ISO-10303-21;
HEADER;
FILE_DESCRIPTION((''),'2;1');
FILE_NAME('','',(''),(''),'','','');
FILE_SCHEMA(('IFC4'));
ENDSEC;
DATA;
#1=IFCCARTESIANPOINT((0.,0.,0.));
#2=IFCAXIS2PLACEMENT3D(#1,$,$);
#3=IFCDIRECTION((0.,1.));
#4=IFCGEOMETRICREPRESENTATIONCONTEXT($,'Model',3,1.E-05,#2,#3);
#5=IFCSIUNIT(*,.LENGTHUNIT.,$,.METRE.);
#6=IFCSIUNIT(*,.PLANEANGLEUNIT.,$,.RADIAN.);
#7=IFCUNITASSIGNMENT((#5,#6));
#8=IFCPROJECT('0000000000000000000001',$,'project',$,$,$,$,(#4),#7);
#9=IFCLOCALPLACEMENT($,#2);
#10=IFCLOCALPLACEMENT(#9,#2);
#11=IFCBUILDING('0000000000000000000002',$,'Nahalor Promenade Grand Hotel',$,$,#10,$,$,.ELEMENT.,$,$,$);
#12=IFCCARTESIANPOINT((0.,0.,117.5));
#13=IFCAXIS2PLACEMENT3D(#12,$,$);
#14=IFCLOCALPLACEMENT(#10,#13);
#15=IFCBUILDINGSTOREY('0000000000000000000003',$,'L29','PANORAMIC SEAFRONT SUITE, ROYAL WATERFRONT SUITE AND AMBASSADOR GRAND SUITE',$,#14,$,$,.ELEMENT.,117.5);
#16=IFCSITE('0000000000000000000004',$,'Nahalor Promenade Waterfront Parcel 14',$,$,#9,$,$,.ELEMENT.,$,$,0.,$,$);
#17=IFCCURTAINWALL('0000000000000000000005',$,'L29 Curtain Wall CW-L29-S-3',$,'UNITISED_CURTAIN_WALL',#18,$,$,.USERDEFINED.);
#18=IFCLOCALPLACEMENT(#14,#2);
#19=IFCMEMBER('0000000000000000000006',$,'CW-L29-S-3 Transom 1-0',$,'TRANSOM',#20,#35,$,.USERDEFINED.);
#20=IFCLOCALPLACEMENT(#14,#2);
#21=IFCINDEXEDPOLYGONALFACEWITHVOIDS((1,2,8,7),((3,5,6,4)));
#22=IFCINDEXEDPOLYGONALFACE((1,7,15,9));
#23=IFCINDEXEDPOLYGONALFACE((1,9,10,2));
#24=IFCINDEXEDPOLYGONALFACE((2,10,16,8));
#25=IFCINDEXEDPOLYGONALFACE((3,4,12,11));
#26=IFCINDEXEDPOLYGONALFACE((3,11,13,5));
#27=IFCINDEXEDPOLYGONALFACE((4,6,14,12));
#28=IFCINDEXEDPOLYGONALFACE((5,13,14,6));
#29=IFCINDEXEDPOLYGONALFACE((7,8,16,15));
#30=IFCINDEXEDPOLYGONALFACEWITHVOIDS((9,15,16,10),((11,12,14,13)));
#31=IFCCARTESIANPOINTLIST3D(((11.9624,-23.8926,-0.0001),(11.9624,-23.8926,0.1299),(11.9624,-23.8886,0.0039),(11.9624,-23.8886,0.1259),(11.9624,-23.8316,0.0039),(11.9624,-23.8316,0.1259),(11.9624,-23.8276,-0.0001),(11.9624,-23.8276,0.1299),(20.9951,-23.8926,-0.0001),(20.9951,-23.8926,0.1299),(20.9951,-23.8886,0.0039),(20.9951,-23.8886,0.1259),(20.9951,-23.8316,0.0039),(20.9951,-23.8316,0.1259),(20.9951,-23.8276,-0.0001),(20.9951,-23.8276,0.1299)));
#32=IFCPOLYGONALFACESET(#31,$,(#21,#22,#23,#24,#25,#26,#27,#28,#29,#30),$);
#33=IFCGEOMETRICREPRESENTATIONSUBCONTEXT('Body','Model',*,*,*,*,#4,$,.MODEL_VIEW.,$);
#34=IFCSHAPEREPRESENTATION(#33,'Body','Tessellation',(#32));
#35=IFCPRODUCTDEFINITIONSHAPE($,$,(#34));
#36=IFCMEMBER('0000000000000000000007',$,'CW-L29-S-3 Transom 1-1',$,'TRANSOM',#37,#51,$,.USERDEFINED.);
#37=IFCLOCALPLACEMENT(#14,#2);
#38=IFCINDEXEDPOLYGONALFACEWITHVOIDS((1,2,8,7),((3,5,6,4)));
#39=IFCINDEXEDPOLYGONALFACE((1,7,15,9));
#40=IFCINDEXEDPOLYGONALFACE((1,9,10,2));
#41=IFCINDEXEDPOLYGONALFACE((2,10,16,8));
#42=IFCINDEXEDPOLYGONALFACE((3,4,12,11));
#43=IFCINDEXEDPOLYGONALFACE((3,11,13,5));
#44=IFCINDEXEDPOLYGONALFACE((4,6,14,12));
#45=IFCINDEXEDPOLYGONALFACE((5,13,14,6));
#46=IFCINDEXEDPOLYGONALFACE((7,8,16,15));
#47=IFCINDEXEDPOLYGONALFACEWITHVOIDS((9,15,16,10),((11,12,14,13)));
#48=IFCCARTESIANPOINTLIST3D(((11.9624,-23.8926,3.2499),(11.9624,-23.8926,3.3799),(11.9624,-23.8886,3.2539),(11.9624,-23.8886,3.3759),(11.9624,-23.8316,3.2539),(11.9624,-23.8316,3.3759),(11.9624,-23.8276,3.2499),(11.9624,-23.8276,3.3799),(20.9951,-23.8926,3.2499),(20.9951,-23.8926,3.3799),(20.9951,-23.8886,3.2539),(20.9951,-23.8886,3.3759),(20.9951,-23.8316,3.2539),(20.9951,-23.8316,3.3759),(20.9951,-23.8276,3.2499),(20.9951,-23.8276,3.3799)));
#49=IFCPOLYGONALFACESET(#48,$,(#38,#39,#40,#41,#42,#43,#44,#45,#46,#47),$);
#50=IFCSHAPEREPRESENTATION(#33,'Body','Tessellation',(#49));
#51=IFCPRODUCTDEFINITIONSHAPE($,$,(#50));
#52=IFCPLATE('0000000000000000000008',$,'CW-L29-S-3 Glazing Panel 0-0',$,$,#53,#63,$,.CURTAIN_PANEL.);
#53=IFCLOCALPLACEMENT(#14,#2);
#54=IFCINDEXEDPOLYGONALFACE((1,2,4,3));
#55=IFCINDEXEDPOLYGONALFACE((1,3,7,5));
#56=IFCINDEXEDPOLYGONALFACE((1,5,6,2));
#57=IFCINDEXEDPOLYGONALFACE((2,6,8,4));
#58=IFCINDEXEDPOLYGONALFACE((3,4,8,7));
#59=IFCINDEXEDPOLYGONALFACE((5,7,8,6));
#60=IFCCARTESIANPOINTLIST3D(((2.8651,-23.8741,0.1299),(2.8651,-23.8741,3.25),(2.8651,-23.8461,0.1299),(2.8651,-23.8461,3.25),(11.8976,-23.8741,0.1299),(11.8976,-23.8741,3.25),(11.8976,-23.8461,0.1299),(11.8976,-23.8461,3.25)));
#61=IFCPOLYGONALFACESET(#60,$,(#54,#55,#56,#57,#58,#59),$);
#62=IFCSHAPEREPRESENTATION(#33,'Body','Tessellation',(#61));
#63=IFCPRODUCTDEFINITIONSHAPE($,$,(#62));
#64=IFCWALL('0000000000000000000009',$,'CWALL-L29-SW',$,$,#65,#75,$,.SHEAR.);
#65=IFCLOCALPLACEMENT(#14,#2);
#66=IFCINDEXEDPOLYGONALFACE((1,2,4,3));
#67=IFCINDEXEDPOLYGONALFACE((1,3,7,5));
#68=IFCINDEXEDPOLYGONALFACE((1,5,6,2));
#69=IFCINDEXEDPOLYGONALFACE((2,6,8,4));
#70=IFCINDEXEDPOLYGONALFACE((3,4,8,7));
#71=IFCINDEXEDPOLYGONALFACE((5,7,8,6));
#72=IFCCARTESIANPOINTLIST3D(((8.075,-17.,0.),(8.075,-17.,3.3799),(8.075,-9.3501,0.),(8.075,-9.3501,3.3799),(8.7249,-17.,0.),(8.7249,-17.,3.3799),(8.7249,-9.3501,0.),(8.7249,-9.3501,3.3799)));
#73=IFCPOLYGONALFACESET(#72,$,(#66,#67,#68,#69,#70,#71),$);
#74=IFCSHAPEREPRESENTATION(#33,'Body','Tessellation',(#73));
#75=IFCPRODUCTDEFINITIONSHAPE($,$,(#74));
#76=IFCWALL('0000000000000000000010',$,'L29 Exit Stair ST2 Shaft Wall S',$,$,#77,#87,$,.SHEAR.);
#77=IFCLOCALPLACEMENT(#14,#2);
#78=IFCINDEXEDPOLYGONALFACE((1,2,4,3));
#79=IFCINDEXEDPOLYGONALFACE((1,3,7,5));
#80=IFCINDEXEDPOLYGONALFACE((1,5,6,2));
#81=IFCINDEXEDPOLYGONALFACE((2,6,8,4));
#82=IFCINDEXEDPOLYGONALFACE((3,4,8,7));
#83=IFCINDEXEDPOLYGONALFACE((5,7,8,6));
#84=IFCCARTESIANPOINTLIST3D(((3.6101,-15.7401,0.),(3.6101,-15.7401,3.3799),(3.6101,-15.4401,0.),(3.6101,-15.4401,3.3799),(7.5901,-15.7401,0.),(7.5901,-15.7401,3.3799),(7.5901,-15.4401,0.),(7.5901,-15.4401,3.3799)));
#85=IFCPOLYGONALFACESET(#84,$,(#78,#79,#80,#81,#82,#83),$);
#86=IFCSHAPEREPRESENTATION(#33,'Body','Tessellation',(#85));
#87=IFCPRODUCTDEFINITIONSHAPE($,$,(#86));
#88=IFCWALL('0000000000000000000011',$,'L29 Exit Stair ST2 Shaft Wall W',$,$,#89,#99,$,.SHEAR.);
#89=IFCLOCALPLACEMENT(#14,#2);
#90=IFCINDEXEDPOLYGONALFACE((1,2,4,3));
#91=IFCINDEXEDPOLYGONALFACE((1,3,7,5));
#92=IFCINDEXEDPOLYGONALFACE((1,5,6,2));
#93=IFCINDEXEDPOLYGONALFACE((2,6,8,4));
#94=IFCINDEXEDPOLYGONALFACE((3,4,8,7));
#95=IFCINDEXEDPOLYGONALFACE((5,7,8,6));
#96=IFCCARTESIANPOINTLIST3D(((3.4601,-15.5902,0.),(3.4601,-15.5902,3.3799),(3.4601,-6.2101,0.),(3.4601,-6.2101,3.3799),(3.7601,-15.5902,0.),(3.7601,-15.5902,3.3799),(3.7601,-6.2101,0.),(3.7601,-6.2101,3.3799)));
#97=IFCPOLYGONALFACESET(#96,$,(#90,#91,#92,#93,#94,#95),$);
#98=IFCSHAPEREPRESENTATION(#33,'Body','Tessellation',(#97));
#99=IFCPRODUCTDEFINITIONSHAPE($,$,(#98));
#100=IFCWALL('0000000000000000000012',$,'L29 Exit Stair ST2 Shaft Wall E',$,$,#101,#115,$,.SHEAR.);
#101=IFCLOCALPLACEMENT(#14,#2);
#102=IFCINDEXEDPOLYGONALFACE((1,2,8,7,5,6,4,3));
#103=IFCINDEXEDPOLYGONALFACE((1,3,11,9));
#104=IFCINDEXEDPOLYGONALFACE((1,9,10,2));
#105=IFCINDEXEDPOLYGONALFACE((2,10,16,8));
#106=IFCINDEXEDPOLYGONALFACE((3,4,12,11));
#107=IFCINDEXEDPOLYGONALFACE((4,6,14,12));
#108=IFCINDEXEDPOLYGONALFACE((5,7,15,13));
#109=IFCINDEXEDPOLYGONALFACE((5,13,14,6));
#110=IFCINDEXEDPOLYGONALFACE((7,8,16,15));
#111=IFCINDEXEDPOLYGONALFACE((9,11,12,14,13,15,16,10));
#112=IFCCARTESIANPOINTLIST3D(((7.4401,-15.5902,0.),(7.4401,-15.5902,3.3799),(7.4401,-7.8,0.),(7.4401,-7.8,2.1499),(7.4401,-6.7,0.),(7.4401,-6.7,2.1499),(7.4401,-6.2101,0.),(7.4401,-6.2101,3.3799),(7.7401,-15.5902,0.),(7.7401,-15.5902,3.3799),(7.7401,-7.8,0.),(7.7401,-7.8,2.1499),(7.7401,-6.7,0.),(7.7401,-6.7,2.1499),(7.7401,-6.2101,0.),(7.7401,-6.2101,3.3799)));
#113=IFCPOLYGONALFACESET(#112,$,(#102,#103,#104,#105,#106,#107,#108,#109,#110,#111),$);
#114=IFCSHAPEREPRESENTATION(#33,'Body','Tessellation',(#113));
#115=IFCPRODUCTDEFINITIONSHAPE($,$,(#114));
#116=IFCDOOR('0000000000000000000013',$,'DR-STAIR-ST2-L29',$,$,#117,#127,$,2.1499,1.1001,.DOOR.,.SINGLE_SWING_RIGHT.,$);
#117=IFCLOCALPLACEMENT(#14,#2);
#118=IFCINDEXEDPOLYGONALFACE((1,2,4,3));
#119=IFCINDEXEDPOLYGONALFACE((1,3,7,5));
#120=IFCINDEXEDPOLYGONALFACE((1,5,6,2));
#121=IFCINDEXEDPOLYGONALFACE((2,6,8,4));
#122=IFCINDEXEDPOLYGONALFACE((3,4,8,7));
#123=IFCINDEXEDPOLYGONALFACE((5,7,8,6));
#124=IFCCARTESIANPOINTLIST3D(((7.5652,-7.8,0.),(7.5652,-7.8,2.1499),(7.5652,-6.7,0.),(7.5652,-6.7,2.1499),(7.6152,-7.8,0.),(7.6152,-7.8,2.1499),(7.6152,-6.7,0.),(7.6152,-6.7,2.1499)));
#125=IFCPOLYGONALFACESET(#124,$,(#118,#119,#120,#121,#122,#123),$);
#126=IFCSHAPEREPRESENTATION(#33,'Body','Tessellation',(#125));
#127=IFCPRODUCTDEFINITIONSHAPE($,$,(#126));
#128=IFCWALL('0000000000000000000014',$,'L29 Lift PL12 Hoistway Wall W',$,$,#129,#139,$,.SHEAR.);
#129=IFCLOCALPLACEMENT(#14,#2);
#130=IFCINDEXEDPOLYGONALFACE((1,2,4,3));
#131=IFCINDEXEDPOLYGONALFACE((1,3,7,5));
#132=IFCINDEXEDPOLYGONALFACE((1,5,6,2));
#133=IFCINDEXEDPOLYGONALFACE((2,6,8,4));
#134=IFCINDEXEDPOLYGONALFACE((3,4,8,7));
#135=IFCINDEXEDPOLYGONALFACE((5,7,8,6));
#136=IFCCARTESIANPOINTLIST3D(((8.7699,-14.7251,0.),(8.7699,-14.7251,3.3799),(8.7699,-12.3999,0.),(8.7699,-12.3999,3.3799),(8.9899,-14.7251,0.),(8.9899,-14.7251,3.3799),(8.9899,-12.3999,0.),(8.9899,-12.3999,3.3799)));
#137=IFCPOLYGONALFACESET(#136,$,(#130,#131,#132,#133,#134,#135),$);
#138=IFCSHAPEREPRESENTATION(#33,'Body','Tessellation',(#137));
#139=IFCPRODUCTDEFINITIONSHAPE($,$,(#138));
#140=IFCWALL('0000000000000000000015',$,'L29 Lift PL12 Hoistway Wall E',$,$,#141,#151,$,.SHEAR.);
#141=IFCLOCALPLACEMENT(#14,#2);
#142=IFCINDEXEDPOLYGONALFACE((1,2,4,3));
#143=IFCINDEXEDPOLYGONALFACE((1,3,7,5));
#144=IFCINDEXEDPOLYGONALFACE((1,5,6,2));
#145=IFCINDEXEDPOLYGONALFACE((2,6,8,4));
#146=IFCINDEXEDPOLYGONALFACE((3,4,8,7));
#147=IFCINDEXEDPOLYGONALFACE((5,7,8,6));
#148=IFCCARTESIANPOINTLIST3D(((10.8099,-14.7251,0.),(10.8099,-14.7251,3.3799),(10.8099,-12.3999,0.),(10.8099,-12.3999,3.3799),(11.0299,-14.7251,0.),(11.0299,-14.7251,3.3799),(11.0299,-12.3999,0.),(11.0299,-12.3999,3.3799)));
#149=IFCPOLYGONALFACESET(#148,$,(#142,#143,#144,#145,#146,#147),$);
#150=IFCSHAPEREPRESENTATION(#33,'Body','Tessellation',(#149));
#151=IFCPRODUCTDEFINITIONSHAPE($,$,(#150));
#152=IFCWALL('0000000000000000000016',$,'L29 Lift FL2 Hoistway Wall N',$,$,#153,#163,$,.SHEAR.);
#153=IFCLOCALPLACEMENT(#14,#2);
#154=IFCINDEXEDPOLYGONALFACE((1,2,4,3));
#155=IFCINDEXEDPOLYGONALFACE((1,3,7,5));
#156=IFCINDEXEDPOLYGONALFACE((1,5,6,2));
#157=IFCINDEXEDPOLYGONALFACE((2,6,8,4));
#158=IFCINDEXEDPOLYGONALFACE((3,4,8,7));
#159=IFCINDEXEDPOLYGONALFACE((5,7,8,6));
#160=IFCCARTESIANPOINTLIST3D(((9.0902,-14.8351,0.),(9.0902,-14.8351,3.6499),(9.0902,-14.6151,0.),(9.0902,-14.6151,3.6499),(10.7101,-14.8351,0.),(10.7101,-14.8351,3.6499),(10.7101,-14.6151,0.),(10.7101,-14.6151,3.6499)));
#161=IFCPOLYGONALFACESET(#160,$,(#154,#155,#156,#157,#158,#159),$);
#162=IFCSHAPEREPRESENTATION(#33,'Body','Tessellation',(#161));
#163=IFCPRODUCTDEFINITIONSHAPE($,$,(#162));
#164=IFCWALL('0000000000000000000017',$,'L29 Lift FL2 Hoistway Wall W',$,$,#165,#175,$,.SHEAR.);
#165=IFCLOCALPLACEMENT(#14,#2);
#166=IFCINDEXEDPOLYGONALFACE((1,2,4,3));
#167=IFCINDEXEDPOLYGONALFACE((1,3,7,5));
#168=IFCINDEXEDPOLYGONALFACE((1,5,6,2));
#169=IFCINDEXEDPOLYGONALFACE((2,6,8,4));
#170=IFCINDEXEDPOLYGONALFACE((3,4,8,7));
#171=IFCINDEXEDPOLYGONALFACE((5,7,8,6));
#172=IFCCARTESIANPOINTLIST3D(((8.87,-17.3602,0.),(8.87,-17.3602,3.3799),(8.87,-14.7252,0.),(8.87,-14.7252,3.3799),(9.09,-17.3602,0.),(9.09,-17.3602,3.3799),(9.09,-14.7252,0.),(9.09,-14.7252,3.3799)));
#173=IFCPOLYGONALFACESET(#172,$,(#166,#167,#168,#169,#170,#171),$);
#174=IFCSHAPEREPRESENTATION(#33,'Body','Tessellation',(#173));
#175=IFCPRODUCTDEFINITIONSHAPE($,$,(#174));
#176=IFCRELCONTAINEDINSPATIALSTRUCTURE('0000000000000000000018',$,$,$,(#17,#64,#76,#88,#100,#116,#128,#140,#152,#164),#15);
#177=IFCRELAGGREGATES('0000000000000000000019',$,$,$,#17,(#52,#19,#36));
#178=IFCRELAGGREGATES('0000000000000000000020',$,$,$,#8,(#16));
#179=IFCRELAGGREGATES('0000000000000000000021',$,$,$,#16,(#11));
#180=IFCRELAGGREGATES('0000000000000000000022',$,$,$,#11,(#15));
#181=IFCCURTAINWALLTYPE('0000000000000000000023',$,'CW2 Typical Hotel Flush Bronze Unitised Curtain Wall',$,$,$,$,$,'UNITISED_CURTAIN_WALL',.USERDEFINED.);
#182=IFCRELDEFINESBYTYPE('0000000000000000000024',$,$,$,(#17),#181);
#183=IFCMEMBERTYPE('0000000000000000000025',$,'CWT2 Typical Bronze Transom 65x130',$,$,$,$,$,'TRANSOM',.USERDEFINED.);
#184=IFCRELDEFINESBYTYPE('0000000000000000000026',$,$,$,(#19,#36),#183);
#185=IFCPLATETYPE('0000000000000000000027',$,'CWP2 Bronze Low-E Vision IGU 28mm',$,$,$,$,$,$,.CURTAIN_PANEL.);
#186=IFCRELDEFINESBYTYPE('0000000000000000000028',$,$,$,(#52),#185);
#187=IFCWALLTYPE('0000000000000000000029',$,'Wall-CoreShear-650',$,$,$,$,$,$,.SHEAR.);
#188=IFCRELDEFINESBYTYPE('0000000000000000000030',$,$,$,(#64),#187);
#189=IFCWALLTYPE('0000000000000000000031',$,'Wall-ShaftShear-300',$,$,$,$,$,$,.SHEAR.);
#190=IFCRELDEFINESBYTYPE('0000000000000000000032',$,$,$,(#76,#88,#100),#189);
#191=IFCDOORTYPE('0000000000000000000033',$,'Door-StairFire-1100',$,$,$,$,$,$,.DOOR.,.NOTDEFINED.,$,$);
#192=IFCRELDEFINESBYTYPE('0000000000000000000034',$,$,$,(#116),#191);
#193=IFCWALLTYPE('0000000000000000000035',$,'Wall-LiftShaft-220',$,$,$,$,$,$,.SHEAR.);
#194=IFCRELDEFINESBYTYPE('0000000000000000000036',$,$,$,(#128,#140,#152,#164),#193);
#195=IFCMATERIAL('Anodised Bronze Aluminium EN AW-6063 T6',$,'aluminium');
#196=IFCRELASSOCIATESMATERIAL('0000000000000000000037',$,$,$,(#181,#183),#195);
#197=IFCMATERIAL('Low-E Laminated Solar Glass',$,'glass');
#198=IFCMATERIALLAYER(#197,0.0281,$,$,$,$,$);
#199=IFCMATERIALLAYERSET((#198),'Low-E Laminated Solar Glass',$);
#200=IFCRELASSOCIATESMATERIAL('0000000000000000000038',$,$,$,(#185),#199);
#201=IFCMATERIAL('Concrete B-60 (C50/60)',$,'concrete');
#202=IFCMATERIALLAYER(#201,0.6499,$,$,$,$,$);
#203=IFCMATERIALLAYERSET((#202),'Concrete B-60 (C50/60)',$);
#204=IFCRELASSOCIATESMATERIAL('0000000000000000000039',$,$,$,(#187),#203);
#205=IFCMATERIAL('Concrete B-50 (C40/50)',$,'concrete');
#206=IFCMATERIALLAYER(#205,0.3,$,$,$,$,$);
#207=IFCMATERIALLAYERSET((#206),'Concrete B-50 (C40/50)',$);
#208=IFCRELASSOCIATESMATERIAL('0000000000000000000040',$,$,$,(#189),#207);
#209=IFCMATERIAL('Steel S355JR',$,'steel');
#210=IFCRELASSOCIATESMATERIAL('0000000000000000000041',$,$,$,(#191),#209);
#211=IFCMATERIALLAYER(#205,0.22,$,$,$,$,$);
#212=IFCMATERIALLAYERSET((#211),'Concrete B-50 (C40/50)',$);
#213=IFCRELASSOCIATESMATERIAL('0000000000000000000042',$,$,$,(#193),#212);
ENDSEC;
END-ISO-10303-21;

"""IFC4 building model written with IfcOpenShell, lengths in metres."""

from ifc_helpers import new_model, si_unit, direction, frame, frame_2d, origin, origin_2d, place, context, subcontext, project, spatial, rectangle, hollow_rectangle, extrude, source, transform, mapped, material, layer, layer_set, material_profile, profile_set, type_object, element, fill, aggregate, save


model = new_model("IFC4")

# Units and contexts
model_context = context("Model", 3, precision=1e-05, world=origin(), true_north=direction((0.0, 1.0)))
body_context = subcontext(model_context, "Body", "Model", "MODEL_VIEW")
ifc_project = project(units=[si_unit("LENGTHUNIT", "METRE"), si_unit("PLANEANGLEUNIT", "RADIAN")], contexts=[model_context])

# Site, building, storey
site_placement = place(None, origin())
site = spatial("IfcSite", under=ifc_project, at=site_placement, Name="Nahalor Promenade Waterfront Parcel 14", CompositionType="ELEMENT", RefElevation=0.0)
building_placement = place(site_placement, origin())
building = spatial("IfcBuilding", under=site, at=building_placement, Name="Nahalor Promenade Grand Hotel", CompositionType="ELEMENT")
storey_placement = place(building_placement, frame((0.0, 0.0, 117.5)))
storey = spatial("IfcBuildingStorey", under=building, at=storey_placement, Name="L29", Description="PANORAMIC SEAFRONT SUITE, ROYAL WATERFRONT SUITE AND AMBASSADOR GRAND SUITE", CompositionType="ELEMENT", Elevation=117.5)

# Shared definitions
ifc_material_1 = material(Name="Concrete B-60 (C50/60)", Category="concrete")

# Shared definitions
ifc_material_2 = material(Name="Steel S355JR", Category="steel")

# Curtain wall, members, plate
ifc_material_3 = material(Name="Anodised Bronze Aluminium EN AW-6063 T6", Category="aluminium")
curtain_wall_type = type_object("IfcCurtainWallType", Name="CW2 Typical Hotel Flush Bronze Unitised Curtain Wall", ElementType="UNITISED_CURTAIN_WALL", PredefinedType="USERDEFINED", material=ifc_material_3)
curtain_wall_placement = place(storey_placement, origin())
curtain_wall = element("IfcCurtainWall", 1, at=curtain_wall_placement, inside=storey, type_object=curtain_wall_type, Name="L29 Curtain Wall CW-L29-S-3", ObjectType="UNITISED_CURTAIN_WALL", PredefinedType="USERDEFINED")
ifc_material_profile_1 = material_profile(ifc_material_3, hollow_rectangle(XDim=0.065, YDim=0.13, WallThickness=0.004, at=origin_2d()), Name="CWT 65x130x4")
ifc_profile_set_1 = profile_set([ifc_material_profile_1], Name="Anodised Bronze Aluminium EN AW-6063 T6")
member_type_1 = type_object("IfcMemberType", Name="CWT2 Typical Bronze Transom 65x130", ElementType="TRANSOM", PredefinedType="USERDEFINED", material=ifc_profile_set_1)
shared_shape_1 = source(origin(), body_context, "Body", "SweptSolid", [
    extrude(hollow_rectangle(XDim=0.065, YDim=0.13, WallThickness=0.004, at=origin_2d()), origin(), (0.0, 0.0, 1.0), 9.0327),
])
member_1_placement = place(storey_placement, frame((11.9624, -23.8601, 0.0649), z_axis=(1.0, 0.0, 0.0), x_axis=(0.0, 1.0, 0.0)))
member_1 = element("IfcMember", 2, at=member_1_placement, type_object=member_type_1, Name="CW-L29-S-3 Transom 1-0", ObjectType="TRANSOM", PredefinedType="USERDEFINED", context=body_context, shape_type="MappedRepresentation", body=[
    mapped(shared_shape_1, transform((0.0, 0.0, 0.0), scale=1.0)),
])
member_2_placement = place(storey_placement, frame((11.9624, -23.8601, 3.3149), z_axis=(1.0, 0.0, 0.0), x_axis=(0.0, 1.0, 0.0)))
member_2 = element("IfcMember", 3, at=member_2_placement, type_object=member_type_1, Name="CW-L29-S-3 Transom 1-1", ObjectType="TRANSOM", PredefinedType="USERDEFINED", context=body_context, shape_type="MappedRepresentation", body=[
    mapped(shared_shape_1, transform((0.0, 0.0, 0.0), scale=1.0)),
])
ifc_material_4 = material(Name="Low-E Laminated Solar Glass", Category="glass")
ifc_layer_1 = layer(ifc_material_4, 0.0281)
ifc_layer_set_1 = layer_set([ifc_layer_1], Name="Low-E Laminated Solar Glass")
plate_type = type_object("IfcPlateType", Name="CWP2 Bronze Low-E Vision IGU 28mm", PredefinedType="CURTAIN_PANEL", material=ifc_layer_set_1)
shared_shape_2 = source(origin(), body_context, "Body", "SweptSolid", [
    extrude(rectangle(XDim=9.0325, YDim=0.0281, at=origin_2d()), origin(), (0.0, 0.0, 1.0), 3.1201),
])
plate_placement = place(storey_placement, frame((7.3813, -23.8601, 0.1299), z_axis=(0.0, 0.0, 1.0), x_axis=(1.0, 0.0, 0.0)))
plate = element("IfcPlate", 4, at=plate_placement, type_object=plate_type, Name="CW-L29-S-3 Glazing Panel 0-0", PredefinedType="CURTAIN_PANEL", context=body_context, shape_type="MappedRepresentation", body=[
    mapped(shared_shape_2, transform((0.0, 0.0, 0.0), scale=1.0)),
])
aggregate(curtain_wall, [plate, member_1, member_2])

# Walls
ifc_layer_2 = layer(ifc_material_1, 0.6499)
ifc_layer_set_2 = layer_set([ifc_layer_2], Name="Concrete B-60 (C50/60)")
wall_type_1 = type_object("IfcWallType", Name="Wall-CoreShear-650", PredefinedType="SHEAR", material=ifc_layer_set_2)
shared_shape_3 = source(origin(), body_context, "Body", "SweptSolid", [
    extrude(rectangle(XDim=7.6499, YDim=0.6499, at=frame_2d((3.825, 0.0))), origin(), (0.0, 0.0, 1.0), 3.3799),
])
wall_1_placement = place(storey_placement, frame((8.3999, -17.0, 0.0), z_axis=(0.0, 0.0, 1.0), x_axis=(0.0, 1.0, 0.0)))
element("IfcWall", 5, at=wall_1_placement, inside=storey, type_object=wall_type_1, Name="CWALL-L29-SW", PredefinedType="SHEAR", context=body_context, shape_type="MappedRepresentation", body=[
    mapped(shared_shape_3, transform((0.0, 0.0, 0.0), scale=1.0)),
])
ifc_material_5 = material(Name="Concrete B-50 (C40/50)", Category="concrete")
ifc_layer_3 = layer(ifc_material_5, 0.3)
ifc_layer_set_3 = layer_set([ifc_layer_3], Name="Concrete B-50 (C40/50)")
wall_type_2 = type_object("IfcWallType", Name="Wall-ShaftShear-300", PredefinedType="SHEAR", material=ifc_layer_set_3)
shared_shape_4 = source(origin(), body_context, "Body", "SweptSolid", [
    extrude(rectangle(XDim=3.98, YDim=0.3, at=frame_2d((1.99, 0.0))), origin(), (0.0, 0.0, 1.0), 3.3799),
])
wall_2_placement = place(storey_placement, frame((3.6101, -15.5901, 0.0), z_axis=(0.0, 0.0, 1.0), x_axis=(1.0, 0.0, 0.0)))
element("IfcWall", 6, at=wall_2_placement, inside=storey, type_object=wall_type_2, Name="L29 Exit Stair ST2 Shaft Wall S", PredefinedType="SHEAR", context=body_context, shape_type="MappedRepresentation", body=[
    mapped(shared_shape_4, transform((0.0, 0.0, 0.0), scale=1.0)),
])
shared_shape_5 = source(origin(), body_context, "Body", "SweptSolid", [
    extrude(rectangle(XDim=9.3801, YDim=0.3, at=frame_2d((4.6899, 0.0))), origin(), (0.0, 0.0, 1.0), 3.3799),
])
wall_3_placement = place(storey_placement, frame((3.6101, -15.5901, 0.0), z_axis=(0.0, 0.0, 1.0), x_axis=(0.0, 1.0, 0.0)))
element("IfcWall", 7, at=wall_3_placement, inside=storey, type_object=wall_type_2, Name="L29 Exit Stair ST2 Shaft Wall W", PredefinedType="SHEAR", context=body_context, shape_type="MappedRepresentation", body=[
    mapped(shared_shape_5, transform((0.0, 0.0, 0.0), scale=1.0)),
])

# Wall, opening, door
wall_4_placement = place(storey_placement, frame((7.5901, -15.5901, 0.0), z_axis=(0.0, 0.0, 1.0), x_axis=(0.0, 1.0, 0.0)))
wall_4 = element("IfcWall", 8, at=wall_4_placement, inside=storey, type_object=wall_type_2, Name="L29 Exit Stair ST2 Shaft Wall E", PredefinedType="SHEAR", context=body_context, shape_type="MappedRepresentation", body=[
    mapped(shared_shape_5, transform((0.0, 0.0, 0.0), scale=1.0)),
])
opening_1_placement = place(wall_4_placement, frame((7.79, 0.0, 0.0)))
opening_1 = element("IfcOpeningElement", 9, at=opening_1_placement, cuts=wall_4, PredefinedType="OPENING", context=body_context, shape_type="SweptSolid", body=[
    extrude(rectangle(XDim=1.1001, YDim=2.1499, at=frame_2d((0.55, 1.075))), frame((0.0, 0.1599, 0.0), z_axis=(0.0, -1.0, 0.0), x_axis=(1.0, 0.0, 0.0)), (0.0, 0.0, 1.0), 0.3201),
])
door_type_1 = type_object("IfcDoorType", Name="Door-StairFire-1100", OperationType="NOTDEFINED", PredefinedType="DOOR", material=ifc_material_2)
shared_shape_6 = source(origin(), body_context, "Body", "SweptSolid", [
    extrude(rectangle(XDim=1.1001, YDim=2.1499, at=frame_2d((0.55, 1.075))), frame((0.0, 0.0249, 0.0), z_axis=(0.0, -1.0, 0.0), x_axis=(1.0, 0.0, 0.0)), (0.0, 0.0, 1.0), 0.05),
])
door_1_placement = place(opening_1_placement, origin())
door_1 = element("IfcDoor", 10, at=door_1_placement, inside=storey, type_object=door_type_1, Name="DR-STAIR-ST2-L29", OperationType="SINGLE_SWING_RIGHT", OverallHeight=2.1499, OverallWidth=1.1001, PredefinedType="DOOR", context=body_context, shape_type="MappedRepresentation", body=[
    mapped(shared_shape_6, transform((0.0, 0.0, 0.0), scale=1.0)),
])
fill(opening_1, door_1)

# Walls
ifc_layer_4 = layer(ifc_material_5, 0.22)
ifc_layer_set_4 = layer_set([ifc_layer_4], Name="Concrete B-50 (C40/50)")
wall_type_3 = type_object("IfcWallType", Name="Wall-LiftShaft-220", PredefinedType="SHEAR", material=ifc_layer_set_4)
shared_shape_7 = source(origin(), body_context, "Body", "SweptSolid", [
    extrude(rectangle(XDim=2.3252, YDim=0.22, at=frame_2d((1.1626, 0.0))), origin(), (0.0, 0.0, 1.0), 3.3799),
])
for number, where, z_axis, x_axis, name in (
    (11, (8.8799, -14.7251, 0.0), (0.0, 0.0, 1.0), (0.0, 1.0, 0.0), "L29 Lift PL12 Hoistway Wall W"),
    (12, (10.9199, -14.7251, 0.0), (0.0, 0.0, 1.0), (0.0, 1.0, 0.0), "L29 Lift PL12 Hoistway Wall E"),
):
    element("IfcWall", number, at=place(storey_placement, frame(where, z_axis=z_axis, x_axis=x_axis)), inside=storey, type_object=wall_type_3, Name=name, PredefinedType="SHEAR", context=body_context, shape_type="MappedRepresentation", body=[
        mapped(shared_shape_7, transform((0.0, 0.0, 0.0), scale=1.0)),
    ])
shared_shape_8 = source(origin(), body_context, "Body", "SweptSolid", [
    extrude(rectangle(XDim=1.6199, YDim=0.22, at=frame_2d((0.8101, 0.0))), origin(), (0.0, 0.0, 1.0), 3.6499),
])
wall_5_placement = place(storey_placement, frame((9.0901, -14.7251, 0.0), z_axis=(0.0, 0.0, 1.0), x_axis=(1.0, 0.0, 0.0)))
element("IfcWall", 13, at=wall_5_placement, inside=storey, type_object=wall_type_3, Name="L29 Lift FL2 Hoistway Wall N", PredefinedType="SHEAR", context=body_context, shape_type="MappedRepresentation", body=[
    mapped(shared_shape_8, transform((0.0, 0.0, 0.0), scale=1.0)),
])
shared_shape_9 = source(origin(), body_context, "Body", "SweptSolid", [
    extrude(rectangle(XDim=2.635, YDim=0.22, at=frame_2d((1.3174, 0.0))), origin(), (0.0, 0.0, 1.0), 3.3799),
])
wall_6_placement = place(storey_placement, frame((8.98, -17.3601, 0.0), z_axis=(0.0, 0.0, 1.0), x_axis=(0.0, 1.0, 0.0)))
element("IfcWall", 14, at=wall_6_placement, inside=storey, type_object=wall_type_3, Name="L29 Lift FL2 Hoistway Wall W", PredefinedType="SHEAR", context=body_context, shape_type="MappedRepresentation", body=[
    mapped(shared_shape_9, transform((0.0, 0.0, 0.0), scale=1.0)),
])

save(model, "model.ifc")
